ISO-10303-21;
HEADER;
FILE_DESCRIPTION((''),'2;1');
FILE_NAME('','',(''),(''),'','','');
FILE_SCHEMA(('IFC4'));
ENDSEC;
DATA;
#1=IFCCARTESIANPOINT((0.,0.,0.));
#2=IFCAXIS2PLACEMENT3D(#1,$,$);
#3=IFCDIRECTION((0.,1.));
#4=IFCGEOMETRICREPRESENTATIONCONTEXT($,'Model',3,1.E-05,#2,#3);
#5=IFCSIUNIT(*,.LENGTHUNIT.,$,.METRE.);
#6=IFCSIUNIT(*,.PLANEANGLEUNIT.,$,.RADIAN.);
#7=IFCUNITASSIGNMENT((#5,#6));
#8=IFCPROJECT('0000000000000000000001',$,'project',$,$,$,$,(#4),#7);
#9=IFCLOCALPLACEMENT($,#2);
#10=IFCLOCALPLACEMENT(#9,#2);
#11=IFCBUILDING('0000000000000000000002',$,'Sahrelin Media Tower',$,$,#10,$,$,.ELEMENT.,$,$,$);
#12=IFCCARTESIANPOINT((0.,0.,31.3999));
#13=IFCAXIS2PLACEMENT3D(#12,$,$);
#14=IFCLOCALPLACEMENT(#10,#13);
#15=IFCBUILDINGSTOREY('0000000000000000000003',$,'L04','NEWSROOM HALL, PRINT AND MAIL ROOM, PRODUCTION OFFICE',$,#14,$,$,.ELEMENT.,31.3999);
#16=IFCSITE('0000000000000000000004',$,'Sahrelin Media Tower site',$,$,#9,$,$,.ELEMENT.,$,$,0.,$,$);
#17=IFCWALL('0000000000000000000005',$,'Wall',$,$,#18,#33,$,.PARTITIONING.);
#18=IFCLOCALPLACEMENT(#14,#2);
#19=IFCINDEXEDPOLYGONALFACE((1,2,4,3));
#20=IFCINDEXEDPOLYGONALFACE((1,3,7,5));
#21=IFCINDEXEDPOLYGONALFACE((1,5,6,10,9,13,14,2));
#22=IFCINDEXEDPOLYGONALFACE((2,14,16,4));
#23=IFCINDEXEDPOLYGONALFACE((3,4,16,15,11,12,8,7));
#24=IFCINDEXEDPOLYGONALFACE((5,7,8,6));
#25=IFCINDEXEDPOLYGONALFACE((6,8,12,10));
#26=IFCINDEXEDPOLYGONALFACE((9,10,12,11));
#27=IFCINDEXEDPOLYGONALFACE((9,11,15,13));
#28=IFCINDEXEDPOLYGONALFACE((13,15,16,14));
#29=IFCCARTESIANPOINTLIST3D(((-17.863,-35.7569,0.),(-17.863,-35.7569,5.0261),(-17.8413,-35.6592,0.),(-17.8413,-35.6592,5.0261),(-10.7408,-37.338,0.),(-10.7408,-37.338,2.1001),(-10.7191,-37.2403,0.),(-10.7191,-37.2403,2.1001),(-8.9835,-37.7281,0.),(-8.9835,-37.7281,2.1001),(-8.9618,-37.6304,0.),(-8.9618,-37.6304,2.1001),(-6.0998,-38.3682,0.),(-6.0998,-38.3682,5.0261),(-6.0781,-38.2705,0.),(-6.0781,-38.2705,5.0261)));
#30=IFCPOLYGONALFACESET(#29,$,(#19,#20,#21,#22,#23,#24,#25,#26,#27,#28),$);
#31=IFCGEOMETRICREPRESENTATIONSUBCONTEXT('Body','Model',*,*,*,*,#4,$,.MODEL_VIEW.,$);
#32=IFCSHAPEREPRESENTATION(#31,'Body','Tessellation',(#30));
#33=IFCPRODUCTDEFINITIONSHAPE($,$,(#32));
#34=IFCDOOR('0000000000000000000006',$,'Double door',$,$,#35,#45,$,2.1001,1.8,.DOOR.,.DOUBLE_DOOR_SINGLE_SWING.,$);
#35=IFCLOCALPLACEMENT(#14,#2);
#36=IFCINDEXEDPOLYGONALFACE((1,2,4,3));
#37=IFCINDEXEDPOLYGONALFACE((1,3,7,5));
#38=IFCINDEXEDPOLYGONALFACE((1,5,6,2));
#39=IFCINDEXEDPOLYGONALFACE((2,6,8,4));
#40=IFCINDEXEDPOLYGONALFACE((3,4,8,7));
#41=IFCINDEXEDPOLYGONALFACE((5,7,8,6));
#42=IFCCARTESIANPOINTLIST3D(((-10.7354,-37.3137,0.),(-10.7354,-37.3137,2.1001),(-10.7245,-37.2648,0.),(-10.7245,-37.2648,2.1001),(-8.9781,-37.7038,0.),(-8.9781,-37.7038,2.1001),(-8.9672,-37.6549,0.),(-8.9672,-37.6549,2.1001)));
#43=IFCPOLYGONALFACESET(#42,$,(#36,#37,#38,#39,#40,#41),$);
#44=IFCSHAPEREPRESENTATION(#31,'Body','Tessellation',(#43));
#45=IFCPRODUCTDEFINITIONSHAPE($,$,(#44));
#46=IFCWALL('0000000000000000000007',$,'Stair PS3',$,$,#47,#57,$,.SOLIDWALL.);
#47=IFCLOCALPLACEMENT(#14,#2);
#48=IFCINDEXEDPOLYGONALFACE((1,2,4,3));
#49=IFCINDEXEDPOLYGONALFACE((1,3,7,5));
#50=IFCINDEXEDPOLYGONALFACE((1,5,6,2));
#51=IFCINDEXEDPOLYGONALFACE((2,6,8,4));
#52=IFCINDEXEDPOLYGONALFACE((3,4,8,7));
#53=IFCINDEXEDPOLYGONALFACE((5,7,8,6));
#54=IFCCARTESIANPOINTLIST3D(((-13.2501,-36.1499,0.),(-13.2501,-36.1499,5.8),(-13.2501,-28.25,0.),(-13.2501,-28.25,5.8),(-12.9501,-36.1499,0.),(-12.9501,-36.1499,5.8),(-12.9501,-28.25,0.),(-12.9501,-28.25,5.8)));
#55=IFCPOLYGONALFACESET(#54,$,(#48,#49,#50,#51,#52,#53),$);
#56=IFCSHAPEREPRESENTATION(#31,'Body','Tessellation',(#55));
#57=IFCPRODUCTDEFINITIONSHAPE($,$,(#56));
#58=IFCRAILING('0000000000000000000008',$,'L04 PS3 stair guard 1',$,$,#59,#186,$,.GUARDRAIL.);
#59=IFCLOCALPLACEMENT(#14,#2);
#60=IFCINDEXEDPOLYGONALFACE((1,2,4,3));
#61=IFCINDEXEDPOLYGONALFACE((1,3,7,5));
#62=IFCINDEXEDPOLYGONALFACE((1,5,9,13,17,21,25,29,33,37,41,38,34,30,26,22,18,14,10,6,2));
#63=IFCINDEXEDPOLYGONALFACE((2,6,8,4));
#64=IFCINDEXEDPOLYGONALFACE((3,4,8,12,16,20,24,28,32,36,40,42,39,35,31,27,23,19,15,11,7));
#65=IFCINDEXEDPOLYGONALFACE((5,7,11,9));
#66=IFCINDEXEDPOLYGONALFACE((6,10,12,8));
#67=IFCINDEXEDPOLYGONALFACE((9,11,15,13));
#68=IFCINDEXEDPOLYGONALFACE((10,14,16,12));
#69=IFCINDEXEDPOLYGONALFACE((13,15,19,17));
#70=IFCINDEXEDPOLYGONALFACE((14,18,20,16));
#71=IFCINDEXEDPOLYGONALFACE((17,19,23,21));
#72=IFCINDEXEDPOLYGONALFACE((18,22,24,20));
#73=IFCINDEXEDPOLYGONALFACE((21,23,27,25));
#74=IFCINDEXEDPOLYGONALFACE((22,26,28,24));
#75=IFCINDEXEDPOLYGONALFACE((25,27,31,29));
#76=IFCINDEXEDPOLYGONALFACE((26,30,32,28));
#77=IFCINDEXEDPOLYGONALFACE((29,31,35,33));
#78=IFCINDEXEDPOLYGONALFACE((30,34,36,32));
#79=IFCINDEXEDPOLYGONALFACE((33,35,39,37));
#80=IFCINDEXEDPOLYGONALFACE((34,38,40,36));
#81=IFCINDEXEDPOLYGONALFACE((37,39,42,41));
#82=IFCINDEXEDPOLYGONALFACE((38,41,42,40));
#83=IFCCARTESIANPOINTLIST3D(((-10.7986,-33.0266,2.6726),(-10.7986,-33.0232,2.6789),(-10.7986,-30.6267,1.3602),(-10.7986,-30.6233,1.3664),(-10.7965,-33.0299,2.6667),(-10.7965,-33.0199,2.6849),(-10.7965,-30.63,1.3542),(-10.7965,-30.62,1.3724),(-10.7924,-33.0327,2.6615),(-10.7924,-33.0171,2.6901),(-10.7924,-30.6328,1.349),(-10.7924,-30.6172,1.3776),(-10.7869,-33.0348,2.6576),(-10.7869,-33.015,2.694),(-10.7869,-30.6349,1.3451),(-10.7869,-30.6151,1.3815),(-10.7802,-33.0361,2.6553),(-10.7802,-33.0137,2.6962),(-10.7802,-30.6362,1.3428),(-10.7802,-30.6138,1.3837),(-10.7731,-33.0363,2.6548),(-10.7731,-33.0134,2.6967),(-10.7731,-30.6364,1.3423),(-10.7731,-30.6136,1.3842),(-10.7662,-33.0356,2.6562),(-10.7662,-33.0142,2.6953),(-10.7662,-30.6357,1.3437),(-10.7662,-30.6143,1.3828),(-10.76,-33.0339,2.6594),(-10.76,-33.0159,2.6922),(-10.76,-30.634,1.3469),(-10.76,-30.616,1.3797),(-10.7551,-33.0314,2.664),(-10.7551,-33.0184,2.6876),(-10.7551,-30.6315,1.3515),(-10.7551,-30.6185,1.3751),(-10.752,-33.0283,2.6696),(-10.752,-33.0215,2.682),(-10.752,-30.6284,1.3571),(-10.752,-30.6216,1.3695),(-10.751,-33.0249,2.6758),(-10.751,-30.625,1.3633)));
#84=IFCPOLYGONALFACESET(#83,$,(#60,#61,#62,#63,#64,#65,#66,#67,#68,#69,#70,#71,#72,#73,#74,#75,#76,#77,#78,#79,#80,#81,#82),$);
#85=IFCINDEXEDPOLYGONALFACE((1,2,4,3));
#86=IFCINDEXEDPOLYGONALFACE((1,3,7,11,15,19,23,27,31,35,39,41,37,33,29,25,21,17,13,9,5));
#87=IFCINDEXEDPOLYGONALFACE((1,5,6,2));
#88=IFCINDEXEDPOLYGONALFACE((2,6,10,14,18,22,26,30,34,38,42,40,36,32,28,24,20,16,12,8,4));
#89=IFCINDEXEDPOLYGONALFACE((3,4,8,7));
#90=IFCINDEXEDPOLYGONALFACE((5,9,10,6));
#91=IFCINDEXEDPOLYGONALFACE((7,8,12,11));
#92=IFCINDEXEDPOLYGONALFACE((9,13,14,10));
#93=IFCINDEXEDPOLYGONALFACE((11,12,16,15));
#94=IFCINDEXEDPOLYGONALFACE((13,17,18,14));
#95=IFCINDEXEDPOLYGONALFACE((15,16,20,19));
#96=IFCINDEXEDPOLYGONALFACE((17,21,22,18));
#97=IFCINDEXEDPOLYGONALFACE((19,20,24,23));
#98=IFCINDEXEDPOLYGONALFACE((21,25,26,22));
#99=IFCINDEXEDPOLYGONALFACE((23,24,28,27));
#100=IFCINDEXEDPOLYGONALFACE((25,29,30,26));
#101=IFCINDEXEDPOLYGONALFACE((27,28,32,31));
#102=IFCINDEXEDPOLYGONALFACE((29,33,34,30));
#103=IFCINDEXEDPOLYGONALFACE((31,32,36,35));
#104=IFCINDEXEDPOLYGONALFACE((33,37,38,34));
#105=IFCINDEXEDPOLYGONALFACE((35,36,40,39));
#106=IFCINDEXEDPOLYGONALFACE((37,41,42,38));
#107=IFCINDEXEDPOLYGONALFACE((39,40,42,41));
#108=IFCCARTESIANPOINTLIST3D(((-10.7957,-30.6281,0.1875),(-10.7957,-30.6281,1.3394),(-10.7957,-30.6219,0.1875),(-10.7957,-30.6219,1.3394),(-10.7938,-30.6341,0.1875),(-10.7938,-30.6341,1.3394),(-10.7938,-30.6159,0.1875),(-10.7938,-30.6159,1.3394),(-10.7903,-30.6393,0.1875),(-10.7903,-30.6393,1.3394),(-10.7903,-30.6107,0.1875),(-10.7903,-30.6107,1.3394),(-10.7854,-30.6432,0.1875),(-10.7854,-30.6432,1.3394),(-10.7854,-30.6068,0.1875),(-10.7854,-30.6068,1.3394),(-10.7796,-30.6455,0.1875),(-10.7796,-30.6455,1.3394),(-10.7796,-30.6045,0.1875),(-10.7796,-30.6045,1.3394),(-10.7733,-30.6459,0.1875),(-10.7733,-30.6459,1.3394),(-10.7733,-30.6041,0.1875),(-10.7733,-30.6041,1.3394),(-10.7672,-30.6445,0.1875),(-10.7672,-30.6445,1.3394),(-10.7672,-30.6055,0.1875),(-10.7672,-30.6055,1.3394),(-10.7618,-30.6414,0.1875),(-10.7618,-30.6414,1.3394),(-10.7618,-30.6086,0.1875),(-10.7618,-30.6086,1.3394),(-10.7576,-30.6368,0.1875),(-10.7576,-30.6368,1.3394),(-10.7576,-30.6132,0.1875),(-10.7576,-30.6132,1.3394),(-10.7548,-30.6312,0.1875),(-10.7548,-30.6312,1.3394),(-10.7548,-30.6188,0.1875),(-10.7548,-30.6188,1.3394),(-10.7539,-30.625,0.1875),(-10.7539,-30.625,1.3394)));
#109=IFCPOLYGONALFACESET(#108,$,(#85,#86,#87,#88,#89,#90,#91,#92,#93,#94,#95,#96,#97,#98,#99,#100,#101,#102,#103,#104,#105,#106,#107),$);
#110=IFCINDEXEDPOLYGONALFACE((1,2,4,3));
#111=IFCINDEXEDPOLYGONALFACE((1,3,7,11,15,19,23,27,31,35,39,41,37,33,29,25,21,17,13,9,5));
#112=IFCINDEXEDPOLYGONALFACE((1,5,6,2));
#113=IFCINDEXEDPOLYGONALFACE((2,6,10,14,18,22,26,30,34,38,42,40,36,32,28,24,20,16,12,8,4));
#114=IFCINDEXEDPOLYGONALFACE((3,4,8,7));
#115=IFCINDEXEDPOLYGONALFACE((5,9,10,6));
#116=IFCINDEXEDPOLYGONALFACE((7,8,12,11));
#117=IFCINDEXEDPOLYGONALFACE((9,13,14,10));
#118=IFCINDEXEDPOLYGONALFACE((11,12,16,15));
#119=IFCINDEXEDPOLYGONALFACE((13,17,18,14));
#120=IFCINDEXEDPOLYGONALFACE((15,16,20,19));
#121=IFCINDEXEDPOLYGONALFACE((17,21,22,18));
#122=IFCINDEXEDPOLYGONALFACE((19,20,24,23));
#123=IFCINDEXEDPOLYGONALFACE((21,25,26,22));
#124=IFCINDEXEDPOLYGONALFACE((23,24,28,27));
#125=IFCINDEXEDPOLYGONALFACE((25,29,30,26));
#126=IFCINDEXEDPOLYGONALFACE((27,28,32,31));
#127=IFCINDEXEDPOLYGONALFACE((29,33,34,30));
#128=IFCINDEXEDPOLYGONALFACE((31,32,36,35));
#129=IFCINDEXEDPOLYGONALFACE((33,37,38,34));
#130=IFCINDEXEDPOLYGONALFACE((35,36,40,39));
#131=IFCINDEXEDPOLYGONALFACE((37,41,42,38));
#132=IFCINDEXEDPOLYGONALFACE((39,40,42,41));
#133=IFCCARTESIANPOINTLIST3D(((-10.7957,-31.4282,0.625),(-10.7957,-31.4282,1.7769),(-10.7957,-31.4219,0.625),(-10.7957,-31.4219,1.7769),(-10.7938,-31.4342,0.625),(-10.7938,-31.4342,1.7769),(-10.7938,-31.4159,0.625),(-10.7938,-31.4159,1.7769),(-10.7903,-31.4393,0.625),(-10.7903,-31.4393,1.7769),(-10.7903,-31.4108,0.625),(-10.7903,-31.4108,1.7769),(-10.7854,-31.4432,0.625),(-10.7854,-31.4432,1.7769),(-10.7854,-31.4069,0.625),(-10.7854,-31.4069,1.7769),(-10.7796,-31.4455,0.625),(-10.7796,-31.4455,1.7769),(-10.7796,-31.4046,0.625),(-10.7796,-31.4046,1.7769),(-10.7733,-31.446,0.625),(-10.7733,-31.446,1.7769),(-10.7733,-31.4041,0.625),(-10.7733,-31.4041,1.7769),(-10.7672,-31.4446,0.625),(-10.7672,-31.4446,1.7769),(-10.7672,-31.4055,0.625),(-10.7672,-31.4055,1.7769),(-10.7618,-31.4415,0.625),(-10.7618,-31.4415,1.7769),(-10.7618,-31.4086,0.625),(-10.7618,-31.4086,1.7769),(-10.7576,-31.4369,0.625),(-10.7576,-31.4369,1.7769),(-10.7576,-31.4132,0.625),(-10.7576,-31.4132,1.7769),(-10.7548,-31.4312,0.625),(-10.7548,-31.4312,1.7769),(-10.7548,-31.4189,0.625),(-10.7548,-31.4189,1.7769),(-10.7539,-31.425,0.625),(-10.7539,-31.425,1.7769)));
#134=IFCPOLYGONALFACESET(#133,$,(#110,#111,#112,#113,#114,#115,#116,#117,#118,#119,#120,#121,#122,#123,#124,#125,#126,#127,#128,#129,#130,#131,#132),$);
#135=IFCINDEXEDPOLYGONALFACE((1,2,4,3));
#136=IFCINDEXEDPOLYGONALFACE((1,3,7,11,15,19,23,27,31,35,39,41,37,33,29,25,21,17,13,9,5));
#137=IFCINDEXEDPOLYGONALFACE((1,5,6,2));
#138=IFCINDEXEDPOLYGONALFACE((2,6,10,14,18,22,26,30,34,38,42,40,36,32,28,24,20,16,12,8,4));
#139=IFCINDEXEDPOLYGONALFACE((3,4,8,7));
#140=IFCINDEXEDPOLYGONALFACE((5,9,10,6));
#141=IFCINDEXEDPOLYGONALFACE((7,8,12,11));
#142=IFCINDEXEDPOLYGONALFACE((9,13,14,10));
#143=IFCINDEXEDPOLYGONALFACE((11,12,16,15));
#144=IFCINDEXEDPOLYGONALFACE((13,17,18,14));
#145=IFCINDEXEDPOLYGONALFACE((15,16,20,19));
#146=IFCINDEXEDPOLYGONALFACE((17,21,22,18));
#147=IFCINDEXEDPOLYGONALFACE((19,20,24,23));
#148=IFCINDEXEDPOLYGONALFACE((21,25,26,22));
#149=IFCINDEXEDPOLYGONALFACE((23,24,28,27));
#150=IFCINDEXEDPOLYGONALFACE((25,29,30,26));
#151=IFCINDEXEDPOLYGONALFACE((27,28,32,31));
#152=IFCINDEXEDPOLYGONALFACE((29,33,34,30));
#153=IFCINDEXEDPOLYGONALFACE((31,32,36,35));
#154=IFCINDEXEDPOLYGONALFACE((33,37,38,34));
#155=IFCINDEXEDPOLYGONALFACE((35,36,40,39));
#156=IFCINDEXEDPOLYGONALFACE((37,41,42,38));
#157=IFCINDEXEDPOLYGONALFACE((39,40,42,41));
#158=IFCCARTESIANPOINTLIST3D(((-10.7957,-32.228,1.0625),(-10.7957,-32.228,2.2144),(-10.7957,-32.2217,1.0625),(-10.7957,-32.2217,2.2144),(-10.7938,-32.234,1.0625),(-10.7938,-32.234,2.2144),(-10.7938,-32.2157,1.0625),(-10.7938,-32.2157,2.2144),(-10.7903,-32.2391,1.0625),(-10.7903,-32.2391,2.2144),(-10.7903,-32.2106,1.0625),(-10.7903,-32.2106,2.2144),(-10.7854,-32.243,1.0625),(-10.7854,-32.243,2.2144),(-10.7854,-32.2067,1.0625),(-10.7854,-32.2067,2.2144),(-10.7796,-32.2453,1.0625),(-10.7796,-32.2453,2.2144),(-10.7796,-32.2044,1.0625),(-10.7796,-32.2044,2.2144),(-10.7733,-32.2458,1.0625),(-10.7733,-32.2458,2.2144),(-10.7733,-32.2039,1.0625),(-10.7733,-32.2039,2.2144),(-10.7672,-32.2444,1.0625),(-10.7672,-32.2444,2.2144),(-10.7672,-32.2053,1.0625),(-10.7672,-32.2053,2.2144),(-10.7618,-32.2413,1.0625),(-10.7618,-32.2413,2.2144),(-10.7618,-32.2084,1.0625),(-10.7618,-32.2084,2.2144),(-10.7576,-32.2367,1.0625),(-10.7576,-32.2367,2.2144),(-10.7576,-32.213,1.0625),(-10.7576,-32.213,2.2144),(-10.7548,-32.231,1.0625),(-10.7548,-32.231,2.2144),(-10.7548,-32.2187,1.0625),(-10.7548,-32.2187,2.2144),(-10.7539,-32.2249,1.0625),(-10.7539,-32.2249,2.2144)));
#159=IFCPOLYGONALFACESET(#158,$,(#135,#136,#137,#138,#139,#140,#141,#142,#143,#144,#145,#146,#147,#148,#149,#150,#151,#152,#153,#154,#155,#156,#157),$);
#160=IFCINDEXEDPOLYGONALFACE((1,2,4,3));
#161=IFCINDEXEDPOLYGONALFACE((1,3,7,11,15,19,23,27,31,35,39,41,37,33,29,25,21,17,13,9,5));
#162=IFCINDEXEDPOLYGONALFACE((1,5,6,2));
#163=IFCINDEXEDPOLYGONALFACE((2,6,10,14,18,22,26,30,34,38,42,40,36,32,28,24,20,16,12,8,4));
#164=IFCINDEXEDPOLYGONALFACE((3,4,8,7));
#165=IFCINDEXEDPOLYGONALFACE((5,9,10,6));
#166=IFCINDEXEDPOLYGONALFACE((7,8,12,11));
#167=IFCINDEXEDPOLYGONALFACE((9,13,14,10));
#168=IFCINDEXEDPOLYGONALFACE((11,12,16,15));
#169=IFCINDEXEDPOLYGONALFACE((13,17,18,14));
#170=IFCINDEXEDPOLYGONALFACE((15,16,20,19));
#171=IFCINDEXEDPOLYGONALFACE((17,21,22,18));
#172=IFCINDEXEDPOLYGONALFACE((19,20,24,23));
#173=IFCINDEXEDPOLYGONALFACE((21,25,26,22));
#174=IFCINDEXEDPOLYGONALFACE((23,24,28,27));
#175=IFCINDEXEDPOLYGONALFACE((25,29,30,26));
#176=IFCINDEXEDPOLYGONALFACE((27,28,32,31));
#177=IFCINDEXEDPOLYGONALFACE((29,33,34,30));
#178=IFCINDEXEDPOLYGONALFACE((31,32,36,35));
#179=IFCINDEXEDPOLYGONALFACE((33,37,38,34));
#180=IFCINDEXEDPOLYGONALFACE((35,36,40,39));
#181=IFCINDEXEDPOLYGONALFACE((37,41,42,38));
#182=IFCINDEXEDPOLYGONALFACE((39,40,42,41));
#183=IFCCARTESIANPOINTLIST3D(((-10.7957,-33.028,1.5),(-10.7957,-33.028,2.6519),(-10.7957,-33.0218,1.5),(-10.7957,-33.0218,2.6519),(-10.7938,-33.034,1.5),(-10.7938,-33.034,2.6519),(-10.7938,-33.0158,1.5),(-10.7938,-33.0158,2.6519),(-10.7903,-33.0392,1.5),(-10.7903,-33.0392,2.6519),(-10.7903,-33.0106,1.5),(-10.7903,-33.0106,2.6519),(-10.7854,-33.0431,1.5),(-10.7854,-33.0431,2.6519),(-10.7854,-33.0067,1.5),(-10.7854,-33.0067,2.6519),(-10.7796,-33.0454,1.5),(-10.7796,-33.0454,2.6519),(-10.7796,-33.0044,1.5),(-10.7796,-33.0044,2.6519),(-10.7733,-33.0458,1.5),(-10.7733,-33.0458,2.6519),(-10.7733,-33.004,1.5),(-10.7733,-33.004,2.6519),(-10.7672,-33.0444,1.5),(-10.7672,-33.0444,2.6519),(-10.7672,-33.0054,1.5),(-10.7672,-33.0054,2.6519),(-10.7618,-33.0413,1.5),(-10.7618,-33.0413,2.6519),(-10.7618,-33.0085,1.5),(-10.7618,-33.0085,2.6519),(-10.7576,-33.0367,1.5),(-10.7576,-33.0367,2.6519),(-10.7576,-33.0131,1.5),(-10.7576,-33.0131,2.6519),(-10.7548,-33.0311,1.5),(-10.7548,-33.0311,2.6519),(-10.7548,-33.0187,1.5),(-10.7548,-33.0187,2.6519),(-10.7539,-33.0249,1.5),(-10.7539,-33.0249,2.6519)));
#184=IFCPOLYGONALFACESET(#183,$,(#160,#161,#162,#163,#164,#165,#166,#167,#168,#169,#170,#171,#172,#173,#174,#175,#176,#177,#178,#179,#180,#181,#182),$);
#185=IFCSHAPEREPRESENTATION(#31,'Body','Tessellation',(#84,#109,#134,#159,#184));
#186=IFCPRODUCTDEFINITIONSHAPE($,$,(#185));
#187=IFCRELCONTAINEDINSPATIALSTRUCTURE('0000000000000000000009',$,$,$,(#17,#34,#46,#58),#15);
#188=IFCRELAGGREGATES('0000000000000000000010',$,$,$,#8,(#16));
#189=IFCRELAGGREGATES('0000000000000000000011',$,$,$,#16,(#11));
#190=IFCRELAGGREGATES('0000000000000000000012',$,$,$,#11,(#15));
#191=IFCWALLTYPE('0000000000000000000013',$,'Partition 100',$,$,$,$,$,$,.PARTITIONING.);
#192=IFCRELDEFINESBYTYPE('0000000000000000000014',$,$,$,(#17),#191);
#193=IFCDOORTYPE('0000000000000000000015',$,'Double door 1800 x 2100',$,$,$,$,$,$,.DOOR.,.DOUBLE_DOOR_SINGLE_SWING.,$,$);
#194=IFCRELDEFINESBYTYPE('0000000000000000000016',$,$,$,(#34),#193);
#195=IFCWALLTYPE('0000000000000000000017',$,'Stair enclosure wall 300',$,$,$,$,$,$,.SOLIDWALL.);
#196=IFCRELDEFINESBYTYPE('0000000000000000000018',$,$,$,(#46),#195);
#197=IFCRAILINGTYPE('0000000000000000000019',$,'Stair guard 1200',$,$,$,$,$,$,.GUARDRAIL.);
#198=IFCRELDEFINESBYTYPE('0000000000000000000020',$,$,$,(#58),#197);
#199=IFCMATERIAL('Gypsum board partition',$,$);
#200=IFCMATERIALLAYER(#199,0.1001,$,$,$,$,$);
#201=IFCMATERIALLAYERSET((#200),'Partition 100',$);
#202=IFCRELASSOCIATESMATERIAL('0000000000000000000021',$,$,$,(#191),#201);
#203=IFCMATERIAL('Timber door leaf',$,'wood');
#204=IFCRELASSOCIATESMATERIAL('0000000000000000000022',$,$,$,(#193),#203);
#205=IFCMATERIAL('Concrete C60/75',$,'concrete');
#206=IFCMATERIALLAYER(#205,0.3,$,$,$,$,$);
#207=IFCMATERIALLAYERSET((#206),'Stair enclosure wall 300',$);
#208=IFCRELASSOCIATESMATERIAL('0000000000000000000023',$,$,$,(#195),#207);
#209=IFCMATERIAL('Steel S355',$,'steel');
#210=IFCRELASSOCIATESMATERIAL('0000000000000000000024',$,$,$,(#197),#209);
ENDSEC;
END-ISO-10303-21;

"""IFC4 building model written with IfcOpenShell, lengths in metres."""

from ifc_helpers import new_model, si_unit, direction, frame, frame_2d, origin, origin_2d, place, context, subcontext, project, spatial, rectangle, circle, extrude, material, layer, layer_set, type_object, element, fill, save


model = new_model("IFC4")

# Units and contexts
model_context = context("Model", 3, precision=1e-05, world=origin(), true_north=direction((0.0, 1.0)))
body_context = subcontext(model_context, "Body", "Model", "MODEL_VIEW")
ifc_project = project(units=[si_unit("LENGTHUNIT", "METRE"), si_unit("PLANEANGLEUNIT", "RADIAN")], contexts=[model_context])

# Site, building, storey
site_placement = place(None, origin())
site = spatial("IfcSite", under=ifc_project, at=site_placement, Name="Sahrelin Media Tower site", CompositionType="ELEMENT", RefElevation=0.0)
building_placement = place(site_placement, origin())
building = spatial("IfcBuilding", under=site, at=building_placement, Name="Sahrelin Media Tower", CompositionType="ELEMENT")
storey_placement = place(building_placement, frame((0.0, 0.0, 31.3999)))
storey = spatial("IfcBuildingStorey", under=building, at=storey_placement, Name="L04", Description="NEWSROOM HALL, PRINT AND MAIL ROOM, PRODUCTION OFFICE", CompositionType="ELEMENT", Elevation=31.3999)

# Shared definitions
ifc_material_1 = material(Name="Steel S355", Category="steel")

# Wall, opening, door
ifc_material_2 = material(Name="Gypsum board partition")
ifc_layer_1 = layer(ifc_material_2, 0.1001)
ifc_layer_set_1 = layer_set([ifc_layer_1], Name="Partition 100")
wall_type_1 = type_object("IfcWallType", Name="Partition 100", PredefinedType="PARTITIONING", material=ifc_layer_set_1)
wall_1_placement = place(storey_placement, frame((-17.8523, -35.708, 0.0), z_axis=(0.0, 0.0, 1.0), x_axis=(0.976235, -0.216716, 0.0)))
wall_1 = element("IfcWall", 1, at=wall_1_placement, inside=storey, type_object=wall_type_1, Name="Wall", PredefinedType="PARTITIONING", context=body_context, shape_type="SweptSolid", body=[
    extrude(rectangle(XDim=12.0496, YDim=0.1001, at=frame_2d((6.0249, 0.0))), origin(), (0.0, 0.0, 1.0), 5.0261),
])
opening_1_placement = place(wall_1_placement, frame((7.2959, 0.0, 0.0)))
opening_1 = element("IfcOpeningElement", 2, at=opening_1_placement, cuts=wall_1, PredefinedType="OPENING", context=body_context, shape_type="SweptSolid", body=[
    extrude(rectangle(XDim=1.8, YDim=2.1001, at=frame_2d((0.8999, 1.05))), frame((0.0, 0.05, 0.0), z_axis=(0.0, -1.0, 0.0), x_axis=(1.0, 0.0, 0.0)), (0.0, 0.0, 1.0), 0.1001),
])
ifc_material_3 = material(Name="Timber door leaf", Category="wood")
door_type_1 = type_object("IfcDoorType", Name="Double door 1800 x 2100", OperationType="DOUBLE_DOOR_SINGLE_SWING", PredefinedType="DOOR", material=ifc_material_3)
door_1_placement = place(opening_1_placement, origin())
door_1 = element("IfcDoor", 3, at=door_1_placement, inside=storey, type_object=door_type_1, Name="Double door", OperationType="DOUBLE_DOOR_SINGLE_SWING", OverallHeight=2.1001, OverallWidth=1.8, PredefinedType="DOOR", context=body_context, shape_type="SweptSolid", body=[
    extrude(rectangle(XDim=1.8, YDim=2.1001, at=frame_2d((0.8999, 1.05))), frame((0.0, 0.0249, 0.0), z_axis=(0.0, -1.0, 0.0), x_axis=(1.0, 0.0, 0.0)), (0.0, 0.0, 1.0), 0.05),
])
fill(opening_1, door_1)

# Wall
ifc_material_4 = material(Name="Concrete C60/75", Category="concrete")
ifc_layer_2 = layer(ifc_material_4, 0.3)
ifc_layer_set_2 = layer_set([ifc_layer_2], Name="Stair enclosure wall 300")
wall_type_2 = type_object("IfcWallType", Name="Stair enclosure wall 300", PredefinedType="SOLIDWALL", material=ifc_layer_set_2)
wall_2_placement = place(storey_placement, frame((-13.1001, -36.1499, 0.0), z_axis=(0.0, 0.0, 1.0), x_axis=(0.0, 1.0, 0.0)))
element("IfcWall", 4, at=wall_2_placement, inside=storey, type_object=wall_type_2, Name="Stair PS3", PredefinedType="SOLIDWALL", context=body_context, shape_type="SweptSolid", body=[
    extrude(rectangle(XDim=7.8999, YDim=0.3, at=frame_2d((3.95, 0.0))), origin(), (0.0, 0.0, 1.0), 5.8),
])

# Railing
railing_type_1 = type_object("IfcRailingType", Name="Stair guard 1200", PredefinedType="GUARDRAIL", material=ifc_material_1)
railing_1_placement = place(storey_placement, frame((-10.7749, -30.625, 0.1875)))
element("IfcRailing", 5, at=railing_1_placement, inside=storey, type_object=railing_type_1, Name="L04 PS3 stair guard 1", PredefinedType="GUARDRAIL", context=body_context, shape_type="SweptSolid", body=[
    extrude(circle(Radius=0.0239, at=origin_2d()), frame((0.0, 0.0, 1.1758), z_axis=(0.0, -0.877363, 0.479827), x_axis=(1.0, 0.0, 0.0)), (0.0, 0.0, 1.0), 2.7354),
    extrude(circle(Radius=0.021, at=origin_2d()), origin(), (0.0, 0.0, 1.0), 1.1519),
    extrude(circle(Radius=0.021, at=origin_2d()), frame((0.0, -0.8, 0.4375)), (0.0, 0.0, 1.0), 1.1519),
    extrude(circle(Radius=0.021, at=origin_2d()), frame((0.0, -1.5999, 0.875)), (0.0, 0.0, 1.0), 1.1519),
    extrude(circle(Radius=0.021, at=origin_2d()), frame((0.0, -2.3999, 1.3125)), (0.0, 0.0, 1.0), 1.1519),
])

save(model, "model.ifc")
